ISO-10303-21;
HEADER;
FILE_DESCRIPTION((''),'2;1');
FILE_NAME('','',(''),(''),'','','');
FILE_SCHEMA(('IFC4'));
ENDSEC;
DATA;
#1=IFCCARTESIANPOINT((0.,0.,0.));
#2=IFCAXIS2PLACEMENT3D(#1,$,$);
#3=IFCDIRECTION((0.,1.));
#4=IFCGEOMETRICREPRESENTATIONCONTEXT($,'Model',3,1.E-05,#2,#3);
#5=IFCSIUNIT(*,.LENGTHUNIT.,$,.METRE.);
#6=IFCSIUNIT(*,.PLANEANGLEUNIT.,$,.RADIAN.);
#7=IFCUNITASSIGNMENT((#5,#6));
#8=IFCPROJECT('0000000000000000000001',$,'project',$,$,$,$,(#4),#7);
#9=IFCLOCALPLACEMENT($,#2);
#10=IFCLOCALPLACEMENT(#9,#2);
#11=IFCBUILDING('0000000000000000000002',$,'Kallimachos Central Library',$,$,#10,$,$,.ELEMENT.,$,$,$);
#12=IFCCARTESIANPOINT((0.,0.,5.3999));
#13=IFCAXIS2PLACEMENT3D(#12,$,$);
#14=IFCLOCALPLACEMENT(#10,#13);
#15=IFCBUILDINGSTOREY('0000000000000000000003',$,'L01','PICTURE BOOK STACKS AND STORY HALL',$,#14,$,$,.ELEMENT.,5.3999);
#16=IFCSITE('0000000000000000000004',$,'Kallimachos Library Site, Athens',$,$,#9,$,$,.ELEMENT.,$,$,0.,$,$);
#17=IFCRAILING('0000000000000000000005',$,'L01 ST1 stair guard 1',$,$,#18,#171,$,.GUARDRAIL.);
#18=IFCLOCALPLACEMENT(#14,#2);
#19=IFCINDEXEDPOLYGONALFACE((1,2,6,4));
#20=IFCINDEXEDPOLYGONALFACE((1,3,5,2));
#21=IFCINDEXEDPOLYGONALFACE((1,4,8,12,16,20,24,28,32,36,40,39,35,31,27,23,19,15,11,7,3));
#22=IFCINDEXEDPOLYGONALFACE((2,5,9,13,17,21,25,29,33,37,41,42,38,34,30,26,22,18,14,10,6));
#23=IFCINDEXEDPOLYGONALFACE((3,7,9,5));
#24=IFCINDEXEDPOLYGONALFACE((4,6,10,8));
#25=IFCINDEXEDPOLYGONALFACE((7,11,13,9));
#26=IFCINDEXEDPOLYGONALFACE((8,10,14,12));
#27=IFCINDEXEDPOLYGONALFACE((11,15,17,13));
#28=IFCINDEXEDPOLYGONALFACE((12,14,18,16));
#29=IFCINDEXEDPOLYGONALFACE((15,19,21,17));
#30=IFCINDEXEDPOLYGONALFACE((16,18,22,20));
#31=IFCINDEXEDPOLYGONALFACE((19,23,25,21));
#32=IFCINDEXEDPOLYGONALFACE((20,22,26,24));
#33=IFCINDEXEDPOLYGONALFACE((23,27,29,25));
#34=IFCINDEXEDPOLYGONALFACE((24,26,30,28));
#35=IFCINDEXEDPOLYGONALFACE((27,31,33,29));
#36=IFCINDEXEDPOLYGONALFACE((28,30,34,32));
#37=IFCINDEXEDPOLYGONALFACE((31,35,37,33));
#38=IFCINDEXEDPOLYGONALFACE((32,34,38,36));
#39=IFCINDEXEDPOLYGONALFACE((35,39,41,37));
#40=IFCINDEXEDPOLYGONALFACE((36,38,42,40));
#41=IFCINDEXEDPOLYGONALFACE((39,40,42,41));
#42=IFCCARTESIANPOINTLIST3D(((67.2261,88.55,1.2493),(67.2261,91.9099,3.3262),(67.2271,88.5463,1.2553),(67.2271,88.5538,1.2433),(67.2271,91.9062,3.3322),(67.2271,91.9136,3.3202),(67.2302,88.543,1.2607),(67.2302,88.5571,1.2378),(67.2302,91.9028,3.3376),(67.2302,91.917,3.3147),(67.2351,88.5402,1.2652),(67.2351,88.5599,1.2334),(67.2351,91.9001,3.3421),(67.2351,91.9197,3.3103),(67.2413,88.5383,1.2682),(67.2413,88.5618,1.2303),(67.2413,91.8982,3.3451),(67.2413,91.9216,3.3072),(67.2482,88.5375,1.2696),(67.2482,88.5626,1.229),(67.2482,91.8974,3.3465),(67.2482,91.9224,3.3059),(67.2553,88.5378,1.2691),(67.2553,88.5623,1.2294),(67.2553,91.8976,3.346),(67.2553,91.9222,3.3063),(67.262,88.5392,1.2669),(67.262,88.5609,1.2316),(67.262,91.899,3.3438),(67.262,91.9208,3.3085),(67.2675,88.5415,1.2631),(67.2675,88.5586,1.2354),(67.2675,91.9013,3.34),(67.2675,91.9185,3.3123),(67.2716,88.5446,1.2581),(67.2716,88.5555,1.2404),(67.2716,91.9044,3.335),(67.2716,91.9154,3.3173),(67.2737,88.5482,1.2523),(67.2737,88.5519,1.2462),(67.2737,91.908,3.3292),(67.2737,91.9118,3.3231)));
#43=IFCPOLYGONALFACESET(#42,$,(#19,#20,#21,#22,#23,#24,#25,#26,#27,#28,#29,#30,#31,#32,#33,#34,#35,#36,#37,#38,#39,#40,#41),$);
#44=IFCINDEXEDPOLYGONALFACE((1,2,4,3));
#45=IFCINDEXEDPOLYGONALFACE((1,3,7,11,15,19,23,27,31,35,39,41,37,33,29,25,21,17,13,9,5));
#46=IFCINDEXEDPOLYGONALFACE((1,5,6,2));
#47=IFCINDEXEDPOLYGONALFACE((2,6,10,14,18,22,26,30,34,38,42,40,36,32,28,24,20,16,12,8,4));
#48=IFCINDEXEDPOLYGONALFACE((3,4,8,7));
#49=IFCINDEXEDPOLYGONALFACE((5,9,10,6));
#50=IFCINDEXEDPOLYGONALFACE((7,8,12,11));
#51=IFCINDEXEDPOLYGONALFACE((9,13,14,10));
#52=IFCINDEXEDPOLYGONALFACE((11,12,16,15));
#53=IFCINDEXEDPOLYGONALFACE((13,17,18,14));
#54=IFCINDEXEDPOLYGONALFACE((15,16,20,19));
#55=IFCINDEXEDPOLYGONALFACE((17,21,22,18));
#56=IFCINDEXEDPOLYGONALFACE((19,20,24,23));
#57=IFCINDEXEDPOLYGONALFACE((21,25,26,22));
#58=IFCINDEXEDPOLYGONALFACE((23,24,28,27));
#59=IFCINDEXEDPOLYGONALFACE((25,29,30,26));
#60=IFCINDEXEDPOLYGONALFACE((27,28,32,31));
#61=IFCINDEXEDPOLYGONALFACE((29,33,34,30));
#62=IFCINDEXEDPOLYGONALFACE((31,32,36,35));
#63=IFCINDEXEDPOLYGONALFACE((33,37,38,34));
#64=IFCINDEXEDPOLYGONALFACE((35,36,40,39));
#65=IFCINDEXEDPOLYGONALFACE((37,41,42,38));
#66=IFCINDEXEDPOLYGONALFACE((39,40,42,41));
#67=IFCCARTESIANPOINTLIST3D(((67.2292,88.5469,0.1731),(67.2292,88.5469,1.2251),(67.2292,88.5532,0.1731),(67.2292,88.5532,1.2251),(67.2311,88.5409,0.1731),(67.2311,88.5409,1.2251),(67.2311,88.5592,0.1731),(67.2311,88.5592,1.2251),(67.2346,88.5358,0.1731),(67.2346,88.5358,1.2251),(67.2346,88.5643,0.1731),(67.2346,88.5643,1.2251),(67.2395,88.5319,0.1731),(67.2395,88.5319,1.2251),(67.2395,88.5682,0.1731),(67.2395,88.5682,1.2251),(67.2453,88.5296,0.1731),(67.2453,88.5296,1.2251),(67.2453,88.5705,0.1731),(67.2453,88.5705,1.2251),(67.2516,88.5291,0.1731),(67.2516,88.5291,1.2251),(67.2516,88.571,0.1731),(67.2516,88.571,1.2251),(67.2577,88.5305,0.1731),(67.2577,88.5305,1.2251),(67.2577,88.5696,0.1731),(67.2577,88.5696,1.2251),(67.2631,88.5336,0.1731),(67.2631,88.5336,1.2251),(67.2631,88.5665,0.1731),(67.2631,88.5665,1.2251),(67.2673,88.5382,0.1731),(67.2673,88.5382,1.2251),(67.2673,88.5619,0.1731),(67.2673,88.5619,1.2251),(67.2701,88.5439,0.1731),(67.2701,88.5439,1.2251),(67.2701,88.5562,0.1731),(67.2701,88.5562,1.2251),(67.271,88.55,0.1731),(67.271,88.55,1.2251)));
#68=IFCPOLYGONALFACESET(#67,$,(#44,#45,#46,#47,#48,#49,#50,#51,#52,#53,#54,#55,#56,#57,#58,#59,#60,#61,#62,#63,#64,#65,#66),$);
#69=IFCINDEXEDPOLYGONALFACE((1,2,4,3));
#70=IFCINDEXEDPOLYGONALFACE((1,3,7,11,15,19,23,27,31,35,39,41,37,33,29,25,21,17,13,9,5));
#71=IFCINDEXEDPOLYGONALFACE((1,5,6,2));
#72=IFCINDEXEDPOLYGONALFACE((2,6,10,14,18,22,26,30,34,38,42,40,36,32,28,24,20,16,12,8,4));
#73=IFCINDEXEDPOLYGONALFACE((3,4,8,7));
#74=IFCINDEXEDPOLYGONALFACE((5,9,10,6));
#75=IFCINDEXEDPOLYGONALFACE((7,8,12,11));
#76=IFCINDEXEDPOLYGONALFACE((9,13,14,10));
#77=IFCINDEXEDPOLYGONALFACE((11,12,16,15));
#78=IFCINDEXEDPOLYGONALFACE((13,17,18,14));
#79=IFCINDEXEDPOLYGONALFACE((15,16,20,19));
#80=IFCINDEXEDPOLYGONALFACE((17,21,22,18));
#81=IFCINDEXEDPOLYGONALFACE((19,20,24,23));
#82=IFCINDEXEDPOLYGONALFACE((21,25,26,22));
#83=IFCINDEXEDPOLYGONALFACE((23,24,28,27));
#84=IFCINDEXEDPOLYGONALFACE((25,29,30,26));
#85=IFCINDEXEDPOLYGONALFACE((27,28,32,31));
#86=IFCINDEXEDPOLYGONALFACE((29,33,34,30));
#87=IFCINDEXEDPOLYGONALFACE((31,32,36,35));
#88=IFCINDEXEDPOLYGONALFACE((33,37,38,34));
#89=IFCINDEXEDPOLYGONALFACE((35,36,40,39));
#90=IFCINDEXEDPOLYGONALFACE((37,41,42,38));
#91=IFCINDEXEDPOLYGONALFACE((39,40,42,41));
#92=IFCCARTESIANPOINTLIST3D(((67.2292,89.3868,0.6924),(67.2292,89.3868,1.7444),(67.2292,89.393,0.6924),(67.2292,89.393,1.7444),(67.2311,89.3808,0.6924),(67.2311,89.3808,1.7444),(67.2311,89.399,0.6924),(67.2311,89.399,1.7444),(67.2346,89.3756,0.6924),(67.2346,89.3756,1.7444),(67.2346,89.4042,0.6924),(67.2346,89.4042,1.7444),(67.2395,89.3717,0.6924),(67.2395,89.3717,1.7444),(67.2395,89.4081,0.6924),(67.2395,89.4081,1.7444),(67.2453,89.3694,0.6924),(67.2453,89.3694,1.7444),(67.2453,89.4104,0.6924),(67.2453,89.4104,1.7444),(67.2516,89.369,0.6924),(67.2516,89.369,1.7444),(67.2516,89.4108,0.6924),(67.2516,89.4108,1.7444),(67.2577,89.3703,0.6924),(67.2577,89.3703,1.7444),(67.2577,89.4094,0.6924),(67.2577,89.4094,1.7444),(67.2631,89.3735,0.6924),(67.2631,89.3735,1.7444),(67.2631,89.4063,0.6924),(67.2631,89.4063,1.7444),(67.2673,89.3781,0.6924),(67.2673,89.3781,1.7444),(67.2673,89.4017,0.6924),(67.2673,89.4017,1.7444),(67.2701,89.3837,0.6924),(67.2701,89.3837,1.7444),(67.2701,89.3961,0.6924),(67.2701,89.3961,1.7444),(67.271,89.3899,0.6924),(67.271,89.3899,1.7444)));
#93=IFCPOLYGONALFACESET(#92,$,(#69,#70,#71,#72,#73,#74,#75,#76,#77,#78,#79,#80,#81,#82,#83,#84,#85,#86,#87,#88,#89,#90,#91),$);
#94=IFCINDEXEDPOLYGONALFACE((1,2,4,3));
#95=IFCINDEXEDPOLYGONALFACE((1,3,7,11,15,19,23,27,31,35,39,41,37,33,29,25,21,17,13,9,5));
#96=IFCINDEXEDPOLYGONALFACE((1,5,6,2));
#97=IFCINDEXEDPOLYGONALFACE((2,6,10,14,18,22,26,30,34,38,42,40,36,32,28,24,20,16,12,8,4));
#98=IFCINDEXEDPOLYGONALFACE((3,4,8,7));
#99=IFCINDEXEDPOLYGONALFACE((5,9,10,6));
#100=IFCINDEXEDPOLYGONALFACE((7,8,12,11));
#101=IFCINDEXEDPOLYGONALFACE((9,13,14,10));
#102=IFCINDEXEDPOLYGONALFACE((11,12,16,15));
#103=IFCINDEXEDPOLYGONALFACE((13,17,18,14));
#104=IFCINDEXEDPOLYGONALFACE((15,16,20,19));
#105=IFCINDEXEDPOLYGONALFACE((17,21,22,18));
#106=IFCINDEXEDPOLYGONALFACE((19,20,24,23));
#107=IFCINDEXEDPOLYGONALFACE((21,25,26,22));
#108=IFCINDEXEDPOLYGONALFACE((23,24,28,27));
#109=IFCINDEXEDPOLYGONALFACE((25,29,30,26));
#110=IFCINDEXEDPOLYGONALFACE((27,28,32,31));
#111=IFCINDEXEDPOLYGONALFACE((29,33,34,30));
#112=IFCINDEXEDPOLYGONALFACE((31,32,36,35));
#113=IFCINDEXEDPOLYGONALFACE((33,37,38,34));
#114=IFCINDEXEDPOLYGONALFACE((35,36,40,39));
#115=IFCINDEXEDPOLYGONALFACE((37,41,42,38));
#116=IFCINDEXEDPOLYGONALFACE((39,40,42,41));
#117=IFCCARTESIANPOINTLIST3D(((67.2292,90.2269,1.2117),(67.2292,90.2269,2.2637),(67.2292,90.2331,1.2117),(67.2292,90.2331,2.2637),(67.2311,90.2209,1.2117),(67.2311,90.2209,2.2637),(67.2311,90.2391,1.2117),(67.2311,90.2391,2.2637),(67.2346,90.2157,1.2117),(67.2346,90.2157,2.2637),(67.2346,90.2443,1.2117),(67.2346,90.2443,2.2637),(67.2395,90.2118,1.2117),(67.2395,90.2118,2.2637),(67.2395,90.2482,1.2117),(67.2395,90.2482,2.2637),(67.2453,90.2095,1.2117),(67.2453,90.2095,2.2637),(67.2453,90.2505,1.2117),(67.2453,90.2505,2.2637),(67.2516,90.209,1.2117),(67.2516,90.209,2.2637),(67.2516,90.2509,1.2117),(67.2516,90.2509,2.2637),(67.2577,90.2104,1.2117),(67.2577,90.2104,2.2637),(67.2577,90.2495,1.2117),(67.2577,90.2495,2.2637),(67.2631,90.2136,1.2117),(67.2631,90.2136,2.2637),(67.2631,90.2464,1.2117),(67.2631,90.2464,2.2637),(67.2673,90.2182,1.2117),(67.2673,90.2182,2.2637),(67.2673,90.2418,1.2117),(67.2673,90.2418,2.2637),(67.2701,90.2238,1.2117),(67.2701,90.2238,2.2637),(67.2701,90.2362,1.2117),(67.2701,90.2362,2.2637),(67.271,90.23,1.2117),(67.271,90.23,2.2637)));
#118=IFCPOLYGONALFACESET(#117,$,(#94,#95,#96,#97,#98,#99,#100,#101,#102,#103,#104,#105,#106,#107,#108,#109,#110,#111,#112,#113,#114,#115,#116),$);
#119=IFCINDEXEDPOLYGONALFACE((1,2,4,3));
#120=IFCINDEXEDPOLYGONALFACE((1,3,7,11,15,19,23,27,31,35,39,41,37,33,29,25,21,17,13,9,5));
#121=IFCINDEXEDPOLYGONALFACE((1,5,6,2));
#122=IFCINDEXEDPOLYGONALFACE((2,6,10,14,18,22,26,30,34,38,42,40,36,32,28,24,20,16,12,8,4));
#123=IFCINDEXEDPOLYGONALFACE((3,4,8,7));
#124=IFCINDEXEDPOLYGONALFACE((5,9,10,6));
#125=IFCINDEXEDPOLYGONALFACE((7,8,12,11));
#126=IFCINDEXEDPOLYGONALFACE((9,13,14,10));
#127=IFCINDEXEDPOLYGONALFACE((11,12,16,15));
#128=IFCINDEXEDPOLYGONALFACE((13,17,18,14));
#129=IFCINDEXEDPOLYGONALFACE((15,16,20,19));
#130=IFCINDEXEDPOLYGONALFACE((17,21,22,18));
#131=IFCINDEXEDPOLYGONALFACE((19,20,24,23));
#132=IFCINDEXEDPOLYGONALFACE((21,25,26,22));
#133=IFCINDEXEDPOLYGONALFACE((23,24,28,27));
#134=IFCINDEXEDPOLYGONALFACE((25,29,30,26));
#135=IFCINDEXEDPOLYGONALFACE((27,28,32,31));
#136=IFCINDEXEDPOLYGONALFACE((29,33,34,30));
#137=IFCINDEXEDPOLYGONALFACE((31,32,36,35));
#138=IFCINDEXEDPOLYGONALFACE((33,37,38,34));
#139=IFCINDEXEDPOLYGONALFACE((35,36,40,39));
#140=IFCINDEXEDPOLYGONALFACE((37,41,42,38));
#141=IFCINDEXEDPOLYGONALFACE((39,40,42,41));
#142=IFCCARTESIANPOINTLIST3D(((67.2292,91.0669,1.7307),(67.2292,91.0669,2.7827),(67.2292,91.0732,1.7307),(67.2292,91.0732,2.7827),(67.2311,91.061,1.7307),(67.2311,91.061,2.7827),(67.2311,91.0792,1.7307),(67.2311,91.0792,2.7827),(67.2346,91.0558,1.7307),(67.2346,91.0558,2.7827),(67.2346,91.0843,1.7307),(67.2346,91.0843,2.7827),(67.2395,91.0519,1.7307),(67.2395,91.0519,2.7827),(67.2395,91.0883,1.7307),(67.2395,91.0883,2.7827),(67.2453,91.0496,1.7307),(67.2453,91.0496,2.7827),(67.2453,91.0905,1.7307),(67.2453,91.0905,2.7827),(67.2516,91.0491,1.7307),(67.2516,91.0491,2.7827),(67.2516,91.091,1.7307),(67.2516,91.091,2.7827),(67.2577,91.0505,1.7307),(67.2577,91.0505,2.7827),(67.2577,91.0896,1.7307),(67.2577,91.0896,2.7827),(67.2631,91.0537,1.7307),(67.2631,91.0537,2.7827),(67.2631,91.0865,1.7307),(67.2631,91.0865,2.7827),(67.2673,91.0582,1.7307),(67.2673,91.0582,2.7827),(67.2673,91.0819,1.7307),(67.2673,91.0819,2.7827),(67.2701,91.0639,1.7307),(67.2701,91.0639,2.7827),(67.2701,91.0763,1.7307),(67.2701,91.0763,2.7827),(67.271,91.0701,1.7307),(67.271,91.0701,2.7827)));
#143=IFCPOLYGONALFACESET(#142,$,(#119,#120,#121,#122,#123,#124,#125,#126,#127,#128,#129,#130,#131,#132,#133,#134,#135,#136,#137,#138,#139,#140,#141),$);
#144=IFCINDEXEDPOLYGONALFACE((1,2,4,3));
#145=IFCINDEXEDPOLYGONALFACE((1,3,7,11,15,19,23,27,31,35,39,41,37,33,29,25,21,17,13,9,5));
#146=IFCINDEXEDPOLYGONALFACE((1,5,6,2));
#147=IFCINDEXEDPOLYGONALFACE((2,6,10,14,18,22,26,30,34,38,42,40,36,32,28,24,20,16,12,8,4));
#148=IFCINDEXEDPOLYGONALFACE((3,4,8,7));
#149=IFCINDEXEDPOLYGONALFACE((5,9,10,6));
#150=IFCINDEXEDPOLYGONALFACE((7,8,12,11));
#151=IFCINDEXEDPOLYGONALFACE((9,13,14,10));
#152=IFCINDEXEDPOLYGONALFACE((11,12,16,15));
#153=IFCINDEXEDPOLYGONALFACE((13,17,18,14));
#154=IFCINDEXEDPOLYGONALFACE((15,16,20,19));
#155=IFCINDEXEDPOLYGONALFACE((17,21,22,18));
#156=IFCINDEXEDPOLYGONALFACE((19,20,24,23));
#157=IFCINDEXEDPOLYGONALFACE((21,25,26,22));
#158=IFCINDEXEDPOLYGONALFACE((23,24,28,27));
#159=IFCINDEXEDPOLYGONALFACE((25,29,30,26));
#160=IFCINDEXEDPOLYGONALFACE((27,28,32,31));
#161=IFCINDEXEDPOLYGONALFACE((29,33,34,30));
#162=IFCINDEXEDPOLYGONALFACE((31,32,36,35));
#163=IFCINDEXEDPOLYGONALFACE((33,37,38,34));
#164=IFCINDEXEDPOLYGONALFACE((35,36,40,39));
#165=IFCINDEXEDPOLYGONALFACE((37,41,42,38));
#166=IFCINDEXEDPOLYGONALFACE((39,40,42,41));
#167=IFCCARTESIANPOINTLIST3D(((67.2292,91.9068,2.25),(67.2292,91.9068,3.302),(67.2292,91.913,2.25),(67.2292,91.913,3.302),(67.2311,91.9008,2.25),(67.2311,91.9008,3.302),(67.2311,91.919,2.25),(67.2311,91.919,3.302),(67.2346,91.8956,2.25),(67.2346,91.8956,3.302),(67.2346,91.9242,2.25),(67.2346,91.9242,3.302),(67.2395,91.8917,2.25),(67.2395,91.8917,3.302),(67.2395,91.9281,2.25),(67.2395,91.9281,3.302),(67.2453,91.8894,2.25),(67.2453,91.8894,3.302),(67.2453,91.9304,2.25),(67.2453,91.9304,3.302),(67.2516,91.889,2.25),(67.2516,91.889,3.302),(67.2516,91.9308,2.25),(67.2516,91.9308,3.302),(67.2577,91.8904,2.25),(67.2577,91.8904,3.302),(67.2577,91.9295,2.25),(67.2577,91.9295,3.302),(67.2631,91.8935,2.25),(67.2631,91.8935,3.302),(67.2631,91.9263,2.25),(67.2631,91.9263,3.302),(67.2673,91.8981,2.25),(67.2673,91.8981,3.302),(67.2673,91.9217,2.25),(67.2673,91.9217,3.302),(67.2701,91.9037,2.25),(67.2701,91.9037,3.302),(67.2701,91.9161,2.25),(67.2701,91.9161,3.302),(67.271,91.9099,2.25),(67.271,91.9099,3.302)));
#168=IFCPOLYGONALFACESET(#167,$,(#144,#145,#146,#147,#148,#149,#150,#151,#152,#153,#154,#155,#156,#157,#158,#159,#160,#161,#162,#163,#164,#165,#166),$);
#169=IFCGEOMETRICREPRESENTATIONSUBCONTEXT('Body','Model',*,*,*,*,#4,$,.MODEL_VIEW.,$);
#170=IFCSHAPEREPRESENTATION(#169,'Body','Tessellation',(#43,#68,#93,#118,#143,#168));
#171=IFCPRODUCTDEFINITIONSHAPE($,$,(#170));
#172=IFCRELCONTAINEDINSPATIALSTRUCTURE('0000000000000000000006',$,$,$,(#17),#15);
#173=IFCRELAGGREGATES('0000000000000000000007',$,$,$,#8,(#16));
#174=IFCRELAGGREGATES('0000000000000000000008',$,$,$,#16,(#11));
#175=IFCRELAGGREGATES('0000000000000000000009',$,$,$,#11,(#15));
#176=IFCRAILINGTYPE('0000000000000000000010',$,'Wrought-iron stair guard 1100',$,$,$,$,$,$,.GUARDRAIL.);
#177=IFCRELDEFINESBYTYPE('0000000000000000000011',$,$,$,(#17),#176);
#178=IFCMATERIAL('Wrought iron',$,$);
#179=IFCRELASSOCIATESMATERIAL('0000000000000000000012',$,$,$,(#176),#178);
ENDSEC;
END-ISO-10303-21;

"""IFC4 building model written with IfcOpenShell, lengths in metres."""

from ifc_helpers import new_model, si_unit, direction, frame, origin, origin_2d, place, context, subcontext, project, spatial, circle, extrude, material, type_object, element, save


model = new_model("IFC4")

# Units and contexts
model_context = context("Model", 3, precision=1e-05, world=origin(), true_north=direction((0.0, 1.0)))
body_context = subcontext(model_context, "Body", "Model", "MODEL_VIEW")
ifc_project = project(units=[si_unit("LENGTHUNIT", "METRE"), si_unit("PLANEANGLEUNIT", "RADIAN")], contexts=[model_context])

# Site, building, storey
site_placement = place(None, origin())
site = spatial("IfcSite", under=ifc_project, at=site_placement, Name="Kallimachos Library Site, Athens", CompositionType="ELEMENT", RefElevation=0.0)
building_placement = place(site_placement, origin())
building = spatial("IfcBuilding", under=site, at=building_placement, Name="Kallimachos Central Library", CompositionType="ELEMENT")
storey_placement = place(building_placement, frame((0.0, 0.0, 5.3999)))
storey = spatial("IfcBuildingStorey", under=building, at=storey_placement, Name="L01", Description="PICTURE BOOK STACKS AND STORY HALL", CompositionType="ELEMENT", Elevation=5.3999)

# Railing
ifc_material_1 = material(Name="Wrought iron")
railing_type_1 = type_object("IfcRailingType", Name="Wrought-iron stair guard 1100", PredefinedType="GUARDRAIL", material=ifc_material_1)
railing_1_placement = place(storey_placement, frame((67.25, 88.55, 0.1731)))
element("IfcRailing", 1, at=railing_1_placement, inside=storey, type_object=railing_type_1, Name="L01 ST1 stair guard 1", PredefinedType="GUARDRAIL", context=body_context, shape_type="SweptSolid", body=[
    extrude(circle(Radius=0.0239, at=origin_2d()), frame((0.0, 0.0, 1.0762), z_axis=(0.0, 0.850606, 0.525803), x_axis=(-1.0, 0.0, 0.0)), (0.0, 0.0, 1.0), 3.95),
    extrude(circle(Radius=0.021, at=origin_2d()), origin(), (0.0, 0.0, 1.0), 1.052),
    extrude(circle(Radius=0.021, at=origin_2d()), frame((0.0, 0.8398, 0.5193)), (0.0, 0.0, 1.0), 1.052),
    extrude(circle(Radius=0.021, at=origin_2d()), frame((0.0, 1.6799, 1.0386)), (0.0, 0.0, 1.0), 1.052),
    extrude(circle(Radius=0.021, at=origin_2d()), frame((0.0, 2.52, 1.5576)), (0.0, 0.0, 1.0), 1.052),
    extrude(circle(Radius=0.021, at=origin_2d()), frame((0.0, 3.3599, 2.0769)), (0.0, 0.0, 1.0), 1.052),
])

save(model, "model.ifc")
